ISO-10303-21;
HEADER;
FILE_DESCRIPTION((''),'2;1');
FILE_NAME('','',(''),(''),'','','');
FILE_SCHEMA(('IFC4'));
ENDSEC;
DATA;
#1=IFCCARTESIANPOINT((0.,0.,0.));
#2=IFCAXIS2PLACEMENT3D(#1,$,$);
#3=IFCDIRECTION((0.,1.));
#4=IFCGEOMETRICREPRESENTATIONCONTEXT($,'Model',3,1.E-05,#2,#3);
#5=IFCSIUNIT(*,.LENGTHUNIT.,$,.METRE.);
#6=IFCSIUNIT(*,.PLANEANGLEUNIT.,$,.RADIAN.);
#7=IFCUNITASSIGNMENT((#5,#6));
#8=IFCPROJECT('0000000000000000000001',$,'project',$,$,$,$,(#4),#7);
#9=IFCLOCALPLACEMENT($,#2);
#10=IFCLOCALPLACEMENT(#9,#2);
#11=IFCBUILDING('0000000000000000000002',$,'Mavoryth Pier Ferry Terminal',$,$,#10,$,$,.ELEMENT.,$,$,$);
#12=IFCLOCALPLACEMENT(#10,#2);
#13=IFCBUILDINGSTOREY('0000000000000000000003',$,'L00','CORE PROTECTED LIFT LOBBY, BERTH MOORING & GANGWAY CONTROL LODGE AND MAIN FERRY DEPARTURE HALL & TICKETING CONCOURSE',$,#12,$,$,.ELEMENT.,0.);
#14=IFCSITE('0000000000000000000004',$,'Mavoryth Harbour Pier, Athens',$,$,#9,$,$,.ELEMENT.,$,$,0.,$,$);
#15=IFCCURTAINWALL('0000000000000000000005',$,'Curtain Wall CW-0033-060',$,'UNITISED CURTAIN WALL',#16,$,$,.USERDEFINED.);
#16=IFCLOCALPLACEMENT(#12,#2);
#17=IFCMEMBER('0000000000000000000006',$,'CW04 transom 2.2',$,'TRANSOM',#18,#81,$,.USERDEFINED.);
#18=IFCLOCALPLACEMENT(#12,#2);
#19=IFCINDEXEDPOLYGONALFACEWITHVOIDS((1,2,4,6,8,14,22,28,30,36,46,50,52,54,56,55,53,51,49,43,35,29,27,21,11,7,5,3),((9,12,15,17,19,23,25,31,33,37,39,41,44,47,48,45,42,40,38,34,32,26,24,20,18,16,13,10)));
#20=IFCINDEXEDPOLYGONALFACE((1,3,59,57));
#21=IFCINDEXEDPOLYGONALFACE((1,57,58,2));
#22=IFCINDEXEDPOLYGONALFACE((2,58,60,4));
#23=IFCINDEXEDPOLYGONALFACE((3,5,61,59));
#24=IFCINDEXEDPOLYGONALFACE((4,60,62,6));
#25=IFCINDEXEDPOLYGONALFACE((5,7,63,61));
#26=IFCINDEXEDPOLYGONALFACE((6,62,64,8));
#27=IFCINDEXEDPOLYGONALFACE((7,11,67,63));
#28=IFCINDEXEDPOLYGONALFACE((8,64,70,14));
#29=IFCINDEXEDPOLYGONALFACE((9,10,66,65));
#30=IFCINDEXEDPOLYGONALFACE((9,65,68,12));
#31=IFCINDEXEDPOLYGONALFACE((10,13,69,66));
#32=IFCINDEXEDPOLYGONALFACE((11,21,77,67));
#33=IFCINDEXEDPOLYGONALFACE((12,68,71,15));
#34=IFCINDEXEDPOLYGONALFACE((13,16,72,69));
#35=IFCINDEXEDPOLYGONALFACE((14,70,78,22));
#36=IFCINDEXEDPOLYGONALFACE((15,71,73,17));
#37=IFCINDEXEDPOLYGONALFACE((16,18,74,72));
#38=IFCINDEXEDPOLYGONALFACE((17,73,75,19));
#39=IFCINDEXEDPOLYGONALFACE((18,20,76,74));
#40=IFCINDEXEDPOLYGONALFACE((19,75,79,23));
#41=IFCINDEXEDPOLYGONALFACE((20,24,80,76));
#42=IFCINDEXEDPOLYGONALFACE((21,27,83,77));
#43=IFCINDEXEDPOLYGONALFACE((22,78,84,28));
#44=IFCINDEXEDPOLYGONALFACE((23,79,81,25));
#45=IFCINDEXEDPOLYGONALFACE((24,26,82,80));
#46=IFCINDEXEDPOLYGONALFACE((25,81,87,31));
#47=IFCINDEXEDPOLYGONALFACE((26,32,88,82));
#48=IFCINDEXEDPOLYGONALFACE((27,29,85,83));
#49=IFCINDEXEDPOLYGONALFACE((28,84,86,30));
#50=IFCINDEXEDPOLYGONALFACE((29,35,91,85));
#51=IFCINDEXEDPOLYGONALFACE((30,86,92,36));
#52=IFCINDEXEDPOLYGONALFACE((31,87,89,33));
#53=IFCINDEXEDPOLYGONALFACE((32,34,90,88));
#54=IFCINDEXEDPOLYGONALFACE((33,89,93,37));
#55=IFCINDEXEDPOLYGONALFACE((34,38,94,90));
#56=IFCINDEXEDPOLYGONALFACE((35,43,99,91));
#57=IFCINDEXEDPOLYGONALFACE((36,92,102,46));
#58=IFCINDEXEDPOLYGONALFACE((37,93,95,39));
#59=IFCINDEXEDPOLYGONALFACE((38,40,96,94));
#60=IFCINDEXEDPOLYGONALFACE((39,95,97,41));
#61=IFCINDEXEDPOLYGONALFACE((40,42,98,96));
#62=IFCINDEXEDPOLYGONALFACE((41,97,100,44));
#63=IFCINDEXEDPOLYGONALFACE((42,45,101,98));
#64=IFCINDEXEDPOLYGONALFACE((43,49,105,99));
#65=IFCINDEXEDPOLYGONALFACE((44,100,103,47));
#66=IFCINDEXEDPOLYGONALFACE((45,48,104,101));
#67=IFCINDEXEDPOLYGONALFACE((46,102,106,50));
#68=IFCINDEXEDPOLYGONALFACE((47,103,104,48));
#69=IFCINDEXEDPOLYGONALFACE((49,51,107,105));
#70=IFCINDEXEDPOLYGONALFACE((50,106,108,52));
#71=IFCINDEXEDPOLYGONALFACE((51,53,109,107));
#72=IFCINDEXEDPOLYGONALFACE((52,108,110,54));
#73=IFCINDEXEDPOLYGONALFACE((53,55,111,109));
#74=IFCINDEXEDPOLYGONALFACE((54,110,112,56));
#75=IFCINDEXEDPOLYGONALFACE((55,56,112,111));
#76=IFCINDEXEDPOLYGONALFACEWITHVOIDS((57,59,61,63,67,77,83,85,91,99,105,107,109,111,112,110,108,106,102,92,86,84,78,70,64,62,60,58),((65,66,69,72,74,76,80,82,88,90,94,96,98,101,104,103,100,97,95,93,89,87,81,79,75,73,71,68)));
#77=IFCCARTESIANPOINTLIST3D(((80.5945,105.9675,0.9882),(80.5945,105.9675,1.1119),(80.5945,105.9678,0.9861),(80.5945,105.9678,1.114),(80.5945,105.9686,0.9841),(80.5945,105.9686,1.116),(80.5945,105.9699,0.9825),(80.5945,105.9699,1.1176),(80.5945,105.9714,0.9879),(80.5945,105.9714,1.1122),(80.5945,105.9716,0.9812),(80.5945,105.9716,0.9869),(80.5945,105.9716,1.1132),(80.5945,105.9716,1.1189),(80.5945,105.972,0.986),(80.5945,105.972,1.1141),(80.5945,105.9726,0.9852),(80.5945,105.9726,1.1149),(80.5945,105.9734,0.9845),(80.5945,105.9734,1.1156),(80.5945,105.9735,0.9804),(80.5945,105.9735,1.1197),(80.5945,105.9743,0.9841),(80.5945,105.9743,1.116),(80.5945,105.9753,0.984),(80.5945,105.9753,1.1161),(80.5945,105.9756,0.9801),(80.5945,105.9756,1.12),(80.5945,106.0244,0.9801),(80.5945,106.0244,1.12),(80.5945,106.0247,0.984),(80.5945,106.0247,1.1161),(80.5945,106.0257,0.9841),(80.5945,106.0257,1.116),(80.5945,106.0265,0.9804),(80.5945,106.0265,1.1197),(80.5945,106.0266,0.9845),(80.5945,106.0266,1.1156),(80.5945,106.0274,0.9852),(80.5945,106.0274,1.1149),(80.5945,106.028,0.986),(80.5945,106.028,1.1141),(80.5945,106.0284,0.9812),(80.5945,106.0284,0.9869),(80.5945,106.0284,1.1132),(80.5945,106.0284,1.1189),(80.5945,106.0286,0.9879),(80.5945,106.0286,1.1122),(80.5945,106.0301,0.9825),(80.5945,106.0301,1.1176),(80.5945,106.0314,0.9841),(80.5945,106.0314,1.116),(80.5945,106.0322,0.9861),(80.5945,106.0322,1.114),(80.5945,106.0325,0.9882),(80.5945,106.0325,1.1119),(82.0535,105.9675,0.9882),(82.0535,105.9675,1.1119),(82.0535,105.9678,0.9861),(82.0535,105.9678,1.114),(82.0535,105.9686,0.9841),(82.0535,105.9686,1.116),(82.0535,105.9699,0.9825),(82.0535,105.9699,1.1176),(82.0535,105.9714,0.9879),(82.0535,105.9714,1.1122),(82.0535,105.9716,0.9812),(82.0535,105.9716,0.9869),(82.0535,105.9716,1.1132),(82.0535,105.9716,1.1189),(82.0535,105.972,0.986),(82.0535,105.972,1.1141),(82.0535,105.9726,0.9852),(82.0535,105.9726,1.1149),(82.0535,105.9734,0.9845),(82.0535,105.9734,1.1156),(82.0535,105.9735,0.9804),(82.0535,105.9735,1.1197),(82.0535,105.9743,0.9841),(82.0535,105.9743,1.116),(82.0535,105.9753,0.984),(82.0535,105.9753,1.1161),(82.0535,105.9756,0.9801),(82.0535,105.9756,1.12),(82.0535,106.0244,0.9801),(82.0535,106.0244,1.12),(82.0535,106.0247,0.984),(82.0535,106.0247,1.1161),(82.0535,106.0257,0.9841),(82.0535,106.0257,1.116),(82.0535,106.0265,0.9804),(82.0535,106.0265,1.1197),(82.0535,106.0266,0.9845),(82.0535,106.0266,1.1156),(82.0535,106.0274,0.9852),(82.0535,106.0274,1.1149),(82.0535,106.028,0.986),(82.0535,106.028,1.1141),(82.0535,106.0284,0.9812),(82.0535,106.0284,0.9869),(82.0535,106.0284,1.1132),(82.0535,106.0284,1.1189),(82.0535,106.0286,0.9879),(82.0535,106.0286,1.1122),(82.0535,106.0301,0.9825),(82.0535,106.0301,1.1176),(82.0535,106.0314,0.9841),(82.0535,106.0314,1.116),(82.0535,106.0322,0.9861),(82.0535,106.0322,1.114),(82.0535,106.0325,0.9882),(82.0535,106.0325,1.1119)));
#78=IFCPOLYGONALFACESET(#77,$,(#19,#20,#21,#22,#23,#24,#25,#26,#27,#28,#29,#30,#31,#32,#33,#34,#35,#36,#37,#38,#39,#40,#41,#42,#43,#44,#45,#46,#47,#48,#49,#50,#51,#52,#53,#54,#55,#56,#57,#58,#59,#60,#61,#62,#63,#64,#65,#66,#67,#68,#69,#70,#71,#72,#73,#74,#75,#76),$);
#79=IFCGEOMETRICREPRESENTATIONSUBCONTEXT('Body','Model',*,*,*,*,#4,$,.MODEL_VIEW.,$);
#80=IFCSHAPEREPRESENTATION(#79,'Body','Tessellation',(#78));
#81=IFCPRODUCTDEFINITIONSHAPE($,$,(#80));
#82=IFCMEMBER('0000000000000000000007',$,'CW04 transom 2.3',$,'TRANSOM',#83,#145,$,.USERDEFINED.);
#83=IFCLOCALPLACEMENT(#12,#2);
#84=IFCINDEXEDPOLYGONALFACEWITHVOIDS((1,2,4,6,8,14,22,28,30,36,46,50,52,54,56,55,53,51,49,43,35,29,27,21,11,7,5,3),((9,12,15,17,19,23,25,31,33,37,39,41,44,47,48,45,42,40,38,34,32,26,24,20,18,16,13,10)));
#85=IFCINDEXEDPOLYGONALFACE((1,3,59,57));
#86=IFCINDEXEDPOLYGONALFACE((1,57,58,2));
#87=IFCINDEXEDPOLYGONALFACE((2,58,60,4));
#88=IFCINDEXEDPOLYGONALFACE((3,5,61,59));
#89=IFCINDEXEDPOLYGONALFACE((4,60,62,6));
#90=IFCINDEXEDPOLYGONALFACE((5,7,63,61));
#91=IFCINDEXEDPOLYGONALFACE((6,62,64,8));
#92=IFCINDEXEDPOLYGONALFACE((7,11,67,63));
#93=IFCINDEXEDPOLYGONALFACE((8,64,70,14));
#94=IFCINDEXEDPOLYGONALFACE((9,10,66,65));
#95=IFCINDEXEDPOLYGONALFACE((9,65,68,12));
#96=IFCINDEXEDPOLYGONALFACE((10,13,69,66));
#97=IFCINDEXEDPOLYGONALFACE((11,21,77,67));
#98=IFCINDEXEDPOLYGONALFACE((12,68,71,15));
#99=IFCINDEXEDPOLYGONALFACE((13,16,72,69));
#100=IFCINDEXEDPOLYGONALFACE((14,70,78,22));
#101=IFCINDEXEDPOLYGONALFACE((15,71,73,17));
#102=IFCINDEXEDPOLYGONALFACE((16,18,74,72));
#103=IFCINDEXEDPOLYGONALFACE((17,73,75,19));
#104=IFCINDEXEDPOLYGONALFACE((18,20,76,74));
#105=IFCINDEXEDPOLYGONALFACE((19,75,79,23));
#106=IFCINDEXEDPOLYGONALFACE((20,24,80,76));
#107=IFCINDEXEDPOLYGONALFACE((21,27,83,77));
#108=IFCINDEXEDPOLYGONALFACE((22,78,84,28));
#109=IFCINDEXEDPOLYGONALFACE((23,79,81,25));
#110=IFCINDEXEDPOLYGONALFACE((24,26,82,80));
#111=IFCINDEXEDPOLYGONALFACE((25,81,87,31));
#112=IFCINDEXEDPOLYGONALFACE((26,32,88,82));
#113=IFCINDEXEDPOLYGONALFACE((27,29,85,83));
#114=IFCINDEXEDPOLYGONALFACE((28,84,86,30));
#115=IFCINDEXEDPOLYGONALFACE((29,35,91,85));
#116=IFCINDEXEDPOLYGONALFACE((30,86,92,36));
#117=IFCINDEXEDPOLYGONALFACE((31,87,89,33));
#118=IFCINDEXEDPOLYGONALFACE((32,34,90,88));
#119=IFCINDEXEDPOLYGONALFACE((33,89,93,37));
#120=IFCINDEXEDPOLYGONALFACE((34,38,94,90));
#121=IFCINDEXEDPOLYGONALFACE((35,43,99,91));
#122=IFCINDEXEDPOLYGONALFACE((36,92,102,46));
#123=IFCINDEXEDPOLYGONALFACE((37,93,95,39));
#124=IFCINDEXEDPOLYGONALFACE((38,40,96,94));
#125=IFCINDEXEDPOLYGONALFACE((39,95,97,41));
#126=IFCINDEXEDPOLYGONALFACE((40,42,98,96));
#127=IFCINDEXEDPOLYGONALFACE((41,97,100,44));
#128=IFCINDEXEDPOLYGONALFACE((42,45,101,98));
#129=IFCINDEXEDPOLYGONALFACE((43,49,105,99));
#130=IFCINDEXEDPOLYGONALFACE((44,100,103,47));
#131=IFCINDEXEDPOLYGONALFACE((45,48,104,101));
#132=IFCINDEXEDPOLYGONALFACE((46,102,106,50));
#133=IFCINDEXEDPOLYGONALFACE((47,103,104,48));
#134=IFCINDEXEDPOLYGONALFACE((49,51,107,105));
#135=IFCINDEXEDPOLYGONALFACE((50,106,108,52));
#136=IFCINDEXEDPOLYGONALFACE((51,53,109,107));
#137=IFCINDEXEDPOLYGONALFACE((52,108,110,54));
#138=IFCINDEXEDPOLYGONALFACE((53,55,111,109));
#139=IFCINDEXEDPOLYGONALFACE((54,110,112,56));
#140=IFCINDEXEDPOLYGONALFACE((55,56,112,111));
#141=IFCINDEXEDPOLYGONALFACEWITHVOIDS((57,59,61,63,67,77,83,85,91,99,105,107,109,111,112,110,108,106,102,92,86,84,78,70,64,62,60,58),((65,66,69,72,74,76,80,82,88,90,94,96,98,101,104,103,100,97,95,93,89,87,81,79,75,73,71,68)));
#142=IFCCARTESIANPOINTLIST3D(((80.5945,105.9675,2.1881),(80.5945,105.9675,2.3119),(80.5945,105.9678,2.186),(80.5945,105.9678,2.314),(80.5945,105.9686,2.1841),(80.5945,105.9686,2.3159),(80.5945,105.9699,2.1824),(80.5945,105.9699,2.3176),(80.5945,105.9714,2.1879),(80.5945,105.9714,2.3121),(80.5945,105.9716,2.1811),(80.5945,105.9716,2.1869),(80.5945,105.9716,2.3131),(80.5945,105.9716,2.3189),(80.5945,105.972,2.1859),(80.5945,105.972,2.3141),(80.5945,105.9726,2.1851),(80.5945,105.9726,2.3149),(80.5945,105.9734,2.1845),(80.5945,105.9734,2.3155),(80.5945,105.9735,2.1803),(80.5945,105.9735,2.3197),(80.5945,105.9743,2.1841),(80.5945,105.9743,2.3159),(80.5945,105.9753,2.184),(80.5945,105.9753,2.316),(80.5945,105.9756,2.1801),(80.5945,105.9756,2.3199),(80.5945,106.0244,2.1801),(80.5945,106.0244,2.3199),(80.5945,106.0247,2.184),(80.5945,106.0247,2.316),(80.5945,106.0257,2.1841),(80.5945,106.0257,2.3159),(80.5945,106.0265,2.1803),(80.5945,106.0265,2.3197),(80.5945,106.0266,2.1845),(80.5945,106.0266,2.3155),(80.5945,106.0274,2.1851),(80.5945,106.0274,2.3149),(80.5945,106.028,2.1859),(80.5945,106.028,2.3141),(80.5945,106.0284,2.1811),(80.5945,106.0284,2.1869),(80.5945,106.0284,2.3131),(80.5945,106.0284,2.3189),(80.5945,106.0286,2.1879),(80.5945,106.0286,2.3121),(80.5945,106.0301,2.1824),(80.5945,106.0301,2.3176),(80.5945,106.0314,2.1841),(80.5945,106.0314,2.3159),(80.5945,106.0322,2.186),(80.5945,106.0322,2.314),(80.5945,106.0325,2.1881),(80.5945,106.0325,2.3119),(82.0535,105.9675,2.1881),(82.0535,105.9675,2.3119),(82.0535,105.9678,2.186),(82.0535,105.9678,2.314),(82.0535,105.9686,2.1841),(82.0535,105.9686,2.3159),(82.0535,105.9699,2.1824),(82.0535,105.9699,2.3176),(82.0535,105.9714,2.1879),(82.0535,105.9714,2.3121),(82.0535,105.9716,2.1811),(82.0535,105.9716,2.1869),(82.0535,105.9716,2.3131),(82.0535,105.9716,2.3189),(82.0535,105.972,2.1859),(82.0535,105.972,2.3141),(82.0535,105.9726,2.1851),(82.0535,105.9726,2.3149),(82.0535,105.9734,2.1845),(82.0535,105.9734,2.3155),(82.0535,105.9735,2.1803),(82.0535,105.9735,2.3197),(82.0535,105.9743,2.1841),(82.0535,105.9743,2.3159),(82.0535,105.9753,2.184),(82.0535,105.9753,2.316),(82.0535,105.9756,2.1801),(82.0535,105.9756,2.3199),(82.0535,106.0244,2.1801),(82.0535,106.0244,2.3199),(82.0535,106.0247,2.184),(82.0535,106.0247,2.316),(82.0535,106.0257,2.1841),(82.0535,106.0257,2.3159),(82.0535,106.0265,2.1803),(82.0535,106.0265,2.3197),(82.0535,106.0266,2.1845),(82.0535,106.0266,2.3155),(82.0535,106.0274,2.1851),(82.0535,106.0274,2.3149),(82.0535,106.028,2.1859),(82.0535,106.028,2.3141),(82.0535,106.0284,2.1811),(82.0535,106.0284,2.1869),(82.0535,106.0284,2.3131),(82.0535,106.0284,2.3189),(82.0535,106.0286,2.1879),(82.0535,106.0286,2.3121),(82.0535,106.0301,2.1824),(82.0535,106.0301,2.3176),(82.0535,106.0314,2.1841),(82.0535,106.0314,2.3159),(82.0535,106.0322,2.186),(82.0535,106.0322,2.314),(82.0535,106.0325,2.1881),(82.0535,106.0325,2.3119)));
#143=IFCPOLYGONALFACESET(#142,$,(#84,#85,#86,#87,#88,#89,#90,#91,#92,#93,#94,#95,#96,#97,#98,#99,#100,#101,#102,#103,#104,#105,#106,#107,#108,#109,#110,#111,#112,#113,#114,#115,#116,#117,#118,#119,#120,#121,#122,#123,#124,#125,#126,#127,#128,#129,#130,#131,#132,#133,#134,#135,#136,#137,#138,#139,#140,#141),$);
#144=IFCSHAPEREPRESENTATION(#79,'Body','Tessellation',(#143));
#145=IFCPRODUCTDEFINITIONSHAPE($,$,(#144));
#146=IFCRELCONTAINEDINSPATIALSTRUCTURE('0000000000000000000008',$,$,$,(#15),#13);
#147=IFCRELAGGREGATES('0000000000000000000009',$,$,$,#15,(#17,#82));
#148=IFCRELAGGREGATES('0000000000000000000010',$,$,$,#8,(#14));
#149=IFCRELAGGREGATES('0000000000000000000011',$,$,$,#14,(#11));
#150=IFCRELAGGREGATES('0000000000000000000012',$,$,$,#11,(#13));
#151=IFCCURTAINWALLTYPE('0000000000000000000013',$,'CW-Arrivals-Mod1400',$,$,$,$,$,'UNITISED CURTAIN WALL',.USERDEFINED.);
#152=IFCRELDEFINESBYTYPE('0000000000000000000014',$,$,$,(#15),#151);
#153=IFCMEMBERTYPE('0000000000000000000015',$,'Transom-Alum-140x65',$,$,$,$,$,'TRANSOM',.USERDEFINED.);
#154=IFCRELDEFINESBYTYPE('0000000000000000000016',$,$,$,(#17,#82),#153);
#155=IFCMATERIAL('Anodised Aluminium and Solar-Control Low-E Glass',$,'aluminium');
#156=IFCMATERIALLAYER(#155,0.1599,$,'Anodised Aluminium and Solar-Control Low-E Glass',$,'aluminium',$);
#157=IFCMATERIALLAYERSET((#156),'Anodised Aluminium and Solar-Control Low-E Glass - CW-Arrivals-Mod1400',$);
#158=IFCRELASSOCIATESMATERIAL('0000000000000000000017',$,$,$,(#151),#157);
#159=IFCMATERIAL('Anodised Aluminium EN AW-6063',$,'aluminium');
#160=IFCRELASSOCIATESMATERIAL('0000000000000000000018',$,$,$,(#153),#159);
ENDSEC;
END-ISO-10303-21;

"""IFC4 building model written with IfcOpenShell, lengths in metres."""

from ifc_helpers import new_model, si_unit, direction, frame, origin, origin_2d, place, context, subcontext, project, spatial, hollow_rectangle, extrude, material, layer, layer_set, material_profile, profile_set, type_object, element, aggregate, save


model = new_model("IFC4")

# Units and contexts
model_context = context("Model", 3, precision=1e-05, world=origin(), true_north=direction((0.0, 1.0)))
body_context = subcontext(model_context, "Body", "Model", "MODEL_VIEW")
ifc_project = project(units=[si_unit("LENGTHUNIT", "METRE"), si_unit("PLANEANGLEUNIT", "RADIAN")], contexts=[model_context])

# Site, building, storey
site_placement = place(None, origin())
site = spatial("IfcSite", under=ifc_project, at=site_placement, Name="Mavoryth Harbour Pier, Athens", CompositionType="ELEMENT", RefElevation=0.0)
building_placement = place(site_placement, origin())
building = spatial("IfcBuilding", under=site, at=building_placement, Name="Mavoryth Pier Ferry Terminal", CompositionType="ELEMENT")
storey_placement = place(building_placement, origin())
storey = spatial("IfcBuildingStorey", under=building, at=storey_placement, Name="L00", Description="CORE PROTECTED LIFT LOBBY, BERTH MOORING & GANGWAY CONTROL LODGE AND MAIN FERRY DEPARTURE HALL & TICKETING CONCOURSE", CompositionType="ELEMENT", Elevation=0.0)

# Curtain wall
ifc_material_1 = material(Name="Anodised Aluminium and Solar-Control Low-E Glass", Category="aluminium")
ifc_layer_1 = layer(ifc_material_1, 0.1599, Name="Anodised Aluminium and Solar-Control Low-E Glass", Category="aluminium")
ifc_layer_set_1 = layer_set([ifc_layer_1], Name="Anodised Aluminium and Solar-Control Low-E Glass - CW-Arrivals-Mod1400")
curtain_wall_type = type_object("IfcCurtainWallType", Name="CW-Arrivals-Mod1400", ElementType="UNITISED CURTAIN WALL", PredefinedType="USERDEFINED", material=ifc_layer_set_1)
curtain_wall_1_placement = place(storey_placement, origin())
curtain_wall_1 = element("IfcCurtainWall", 1, at=curtain_wall_1_placement, inside=storey, type_object=curtain_wall_type, Name="Curtain Wall CW-0033-060", ObjectType="UNITISED CURTAIN WALL", PredefinedType="USERDEFINED")
ifc_material_2 = material(Name="Anodised Aluminium EN AW-6063", Category="aluminium")

# Members
ifc_material_profile_1 = material_profile(ifc_material_2, hollow_rectangle(XDim=0.0649, YDim=0.1399, WallThickness=0.0039, InnerFilletRadius=0.0039, OuterFilletRadius=0.0081, at=origin_2d()), Name="AL-TRAN 140x65x4", Category="aluminium")
ifc_profile_set_1 = profile_set([ifc_material_profile_1], Name="Anodised Aluminium EN AW-6063 - AL-TRAN 140x65x4")
member_type_1 = type_object("IfcMemberType", Name="Transom-Alum-140x65", ElementType="TRANSOM", PredefinedType="USERDEFINED", material=ifc_profile_set_1)
member_1_placement = place(storey_placement, frame((82.0535, 106.0, 1.05), z_axis=(-1.0, 0.0, 0.0), x_axis=(0.0, -1.0, 0.0)))
member_1 = element("IfcMember", 2, at=member_1_placement, type_object=member_type_1, Name="CW04 transom 2.2", ObjectType="TRANSOM", PredefinedType="USERDEFINED", context=body_context, shape_type="SweptSolid", body=[
    extrude(hollow_rectangle(XDim=0.0649, YDim=0.1399, WallThickness=0.0039, InnerFilletRadius=0.0039, OuterFilletRadius=0.0081, at=origin_2d()), origin(), (0.0, 0.0, 1.0), 1.459),
])
member_2_placement = place(storey_placement, frame((82.0535, 106.0, 2.25), z_axis=(-1.0, 0.0, 0.0), x_axis=(0.0, -1.0, 0.0)))
member_2 = element("IfcMember", 3, at=member_2_placement, type_object=member_type_1, Name="CW04 transom 2.3", ObjectType="TRANSOM", PredefinedType="USERDEFINED", context=body_context, shape_type="SweptSolid", body=[
    extrude(hollow_rectangle(XDim=0.0649, YDim=0.1399, WallThickness=0.0039, InnerFilletRadius=0.0039, OuterFilletRadius=0.0081, at=origin_2d()), origin(), (0.0, 0.0, 1.0), 1.459),
])

aggregate(curtain_wall_1, [member_1, member_2])

save(model, "model.ifc")
